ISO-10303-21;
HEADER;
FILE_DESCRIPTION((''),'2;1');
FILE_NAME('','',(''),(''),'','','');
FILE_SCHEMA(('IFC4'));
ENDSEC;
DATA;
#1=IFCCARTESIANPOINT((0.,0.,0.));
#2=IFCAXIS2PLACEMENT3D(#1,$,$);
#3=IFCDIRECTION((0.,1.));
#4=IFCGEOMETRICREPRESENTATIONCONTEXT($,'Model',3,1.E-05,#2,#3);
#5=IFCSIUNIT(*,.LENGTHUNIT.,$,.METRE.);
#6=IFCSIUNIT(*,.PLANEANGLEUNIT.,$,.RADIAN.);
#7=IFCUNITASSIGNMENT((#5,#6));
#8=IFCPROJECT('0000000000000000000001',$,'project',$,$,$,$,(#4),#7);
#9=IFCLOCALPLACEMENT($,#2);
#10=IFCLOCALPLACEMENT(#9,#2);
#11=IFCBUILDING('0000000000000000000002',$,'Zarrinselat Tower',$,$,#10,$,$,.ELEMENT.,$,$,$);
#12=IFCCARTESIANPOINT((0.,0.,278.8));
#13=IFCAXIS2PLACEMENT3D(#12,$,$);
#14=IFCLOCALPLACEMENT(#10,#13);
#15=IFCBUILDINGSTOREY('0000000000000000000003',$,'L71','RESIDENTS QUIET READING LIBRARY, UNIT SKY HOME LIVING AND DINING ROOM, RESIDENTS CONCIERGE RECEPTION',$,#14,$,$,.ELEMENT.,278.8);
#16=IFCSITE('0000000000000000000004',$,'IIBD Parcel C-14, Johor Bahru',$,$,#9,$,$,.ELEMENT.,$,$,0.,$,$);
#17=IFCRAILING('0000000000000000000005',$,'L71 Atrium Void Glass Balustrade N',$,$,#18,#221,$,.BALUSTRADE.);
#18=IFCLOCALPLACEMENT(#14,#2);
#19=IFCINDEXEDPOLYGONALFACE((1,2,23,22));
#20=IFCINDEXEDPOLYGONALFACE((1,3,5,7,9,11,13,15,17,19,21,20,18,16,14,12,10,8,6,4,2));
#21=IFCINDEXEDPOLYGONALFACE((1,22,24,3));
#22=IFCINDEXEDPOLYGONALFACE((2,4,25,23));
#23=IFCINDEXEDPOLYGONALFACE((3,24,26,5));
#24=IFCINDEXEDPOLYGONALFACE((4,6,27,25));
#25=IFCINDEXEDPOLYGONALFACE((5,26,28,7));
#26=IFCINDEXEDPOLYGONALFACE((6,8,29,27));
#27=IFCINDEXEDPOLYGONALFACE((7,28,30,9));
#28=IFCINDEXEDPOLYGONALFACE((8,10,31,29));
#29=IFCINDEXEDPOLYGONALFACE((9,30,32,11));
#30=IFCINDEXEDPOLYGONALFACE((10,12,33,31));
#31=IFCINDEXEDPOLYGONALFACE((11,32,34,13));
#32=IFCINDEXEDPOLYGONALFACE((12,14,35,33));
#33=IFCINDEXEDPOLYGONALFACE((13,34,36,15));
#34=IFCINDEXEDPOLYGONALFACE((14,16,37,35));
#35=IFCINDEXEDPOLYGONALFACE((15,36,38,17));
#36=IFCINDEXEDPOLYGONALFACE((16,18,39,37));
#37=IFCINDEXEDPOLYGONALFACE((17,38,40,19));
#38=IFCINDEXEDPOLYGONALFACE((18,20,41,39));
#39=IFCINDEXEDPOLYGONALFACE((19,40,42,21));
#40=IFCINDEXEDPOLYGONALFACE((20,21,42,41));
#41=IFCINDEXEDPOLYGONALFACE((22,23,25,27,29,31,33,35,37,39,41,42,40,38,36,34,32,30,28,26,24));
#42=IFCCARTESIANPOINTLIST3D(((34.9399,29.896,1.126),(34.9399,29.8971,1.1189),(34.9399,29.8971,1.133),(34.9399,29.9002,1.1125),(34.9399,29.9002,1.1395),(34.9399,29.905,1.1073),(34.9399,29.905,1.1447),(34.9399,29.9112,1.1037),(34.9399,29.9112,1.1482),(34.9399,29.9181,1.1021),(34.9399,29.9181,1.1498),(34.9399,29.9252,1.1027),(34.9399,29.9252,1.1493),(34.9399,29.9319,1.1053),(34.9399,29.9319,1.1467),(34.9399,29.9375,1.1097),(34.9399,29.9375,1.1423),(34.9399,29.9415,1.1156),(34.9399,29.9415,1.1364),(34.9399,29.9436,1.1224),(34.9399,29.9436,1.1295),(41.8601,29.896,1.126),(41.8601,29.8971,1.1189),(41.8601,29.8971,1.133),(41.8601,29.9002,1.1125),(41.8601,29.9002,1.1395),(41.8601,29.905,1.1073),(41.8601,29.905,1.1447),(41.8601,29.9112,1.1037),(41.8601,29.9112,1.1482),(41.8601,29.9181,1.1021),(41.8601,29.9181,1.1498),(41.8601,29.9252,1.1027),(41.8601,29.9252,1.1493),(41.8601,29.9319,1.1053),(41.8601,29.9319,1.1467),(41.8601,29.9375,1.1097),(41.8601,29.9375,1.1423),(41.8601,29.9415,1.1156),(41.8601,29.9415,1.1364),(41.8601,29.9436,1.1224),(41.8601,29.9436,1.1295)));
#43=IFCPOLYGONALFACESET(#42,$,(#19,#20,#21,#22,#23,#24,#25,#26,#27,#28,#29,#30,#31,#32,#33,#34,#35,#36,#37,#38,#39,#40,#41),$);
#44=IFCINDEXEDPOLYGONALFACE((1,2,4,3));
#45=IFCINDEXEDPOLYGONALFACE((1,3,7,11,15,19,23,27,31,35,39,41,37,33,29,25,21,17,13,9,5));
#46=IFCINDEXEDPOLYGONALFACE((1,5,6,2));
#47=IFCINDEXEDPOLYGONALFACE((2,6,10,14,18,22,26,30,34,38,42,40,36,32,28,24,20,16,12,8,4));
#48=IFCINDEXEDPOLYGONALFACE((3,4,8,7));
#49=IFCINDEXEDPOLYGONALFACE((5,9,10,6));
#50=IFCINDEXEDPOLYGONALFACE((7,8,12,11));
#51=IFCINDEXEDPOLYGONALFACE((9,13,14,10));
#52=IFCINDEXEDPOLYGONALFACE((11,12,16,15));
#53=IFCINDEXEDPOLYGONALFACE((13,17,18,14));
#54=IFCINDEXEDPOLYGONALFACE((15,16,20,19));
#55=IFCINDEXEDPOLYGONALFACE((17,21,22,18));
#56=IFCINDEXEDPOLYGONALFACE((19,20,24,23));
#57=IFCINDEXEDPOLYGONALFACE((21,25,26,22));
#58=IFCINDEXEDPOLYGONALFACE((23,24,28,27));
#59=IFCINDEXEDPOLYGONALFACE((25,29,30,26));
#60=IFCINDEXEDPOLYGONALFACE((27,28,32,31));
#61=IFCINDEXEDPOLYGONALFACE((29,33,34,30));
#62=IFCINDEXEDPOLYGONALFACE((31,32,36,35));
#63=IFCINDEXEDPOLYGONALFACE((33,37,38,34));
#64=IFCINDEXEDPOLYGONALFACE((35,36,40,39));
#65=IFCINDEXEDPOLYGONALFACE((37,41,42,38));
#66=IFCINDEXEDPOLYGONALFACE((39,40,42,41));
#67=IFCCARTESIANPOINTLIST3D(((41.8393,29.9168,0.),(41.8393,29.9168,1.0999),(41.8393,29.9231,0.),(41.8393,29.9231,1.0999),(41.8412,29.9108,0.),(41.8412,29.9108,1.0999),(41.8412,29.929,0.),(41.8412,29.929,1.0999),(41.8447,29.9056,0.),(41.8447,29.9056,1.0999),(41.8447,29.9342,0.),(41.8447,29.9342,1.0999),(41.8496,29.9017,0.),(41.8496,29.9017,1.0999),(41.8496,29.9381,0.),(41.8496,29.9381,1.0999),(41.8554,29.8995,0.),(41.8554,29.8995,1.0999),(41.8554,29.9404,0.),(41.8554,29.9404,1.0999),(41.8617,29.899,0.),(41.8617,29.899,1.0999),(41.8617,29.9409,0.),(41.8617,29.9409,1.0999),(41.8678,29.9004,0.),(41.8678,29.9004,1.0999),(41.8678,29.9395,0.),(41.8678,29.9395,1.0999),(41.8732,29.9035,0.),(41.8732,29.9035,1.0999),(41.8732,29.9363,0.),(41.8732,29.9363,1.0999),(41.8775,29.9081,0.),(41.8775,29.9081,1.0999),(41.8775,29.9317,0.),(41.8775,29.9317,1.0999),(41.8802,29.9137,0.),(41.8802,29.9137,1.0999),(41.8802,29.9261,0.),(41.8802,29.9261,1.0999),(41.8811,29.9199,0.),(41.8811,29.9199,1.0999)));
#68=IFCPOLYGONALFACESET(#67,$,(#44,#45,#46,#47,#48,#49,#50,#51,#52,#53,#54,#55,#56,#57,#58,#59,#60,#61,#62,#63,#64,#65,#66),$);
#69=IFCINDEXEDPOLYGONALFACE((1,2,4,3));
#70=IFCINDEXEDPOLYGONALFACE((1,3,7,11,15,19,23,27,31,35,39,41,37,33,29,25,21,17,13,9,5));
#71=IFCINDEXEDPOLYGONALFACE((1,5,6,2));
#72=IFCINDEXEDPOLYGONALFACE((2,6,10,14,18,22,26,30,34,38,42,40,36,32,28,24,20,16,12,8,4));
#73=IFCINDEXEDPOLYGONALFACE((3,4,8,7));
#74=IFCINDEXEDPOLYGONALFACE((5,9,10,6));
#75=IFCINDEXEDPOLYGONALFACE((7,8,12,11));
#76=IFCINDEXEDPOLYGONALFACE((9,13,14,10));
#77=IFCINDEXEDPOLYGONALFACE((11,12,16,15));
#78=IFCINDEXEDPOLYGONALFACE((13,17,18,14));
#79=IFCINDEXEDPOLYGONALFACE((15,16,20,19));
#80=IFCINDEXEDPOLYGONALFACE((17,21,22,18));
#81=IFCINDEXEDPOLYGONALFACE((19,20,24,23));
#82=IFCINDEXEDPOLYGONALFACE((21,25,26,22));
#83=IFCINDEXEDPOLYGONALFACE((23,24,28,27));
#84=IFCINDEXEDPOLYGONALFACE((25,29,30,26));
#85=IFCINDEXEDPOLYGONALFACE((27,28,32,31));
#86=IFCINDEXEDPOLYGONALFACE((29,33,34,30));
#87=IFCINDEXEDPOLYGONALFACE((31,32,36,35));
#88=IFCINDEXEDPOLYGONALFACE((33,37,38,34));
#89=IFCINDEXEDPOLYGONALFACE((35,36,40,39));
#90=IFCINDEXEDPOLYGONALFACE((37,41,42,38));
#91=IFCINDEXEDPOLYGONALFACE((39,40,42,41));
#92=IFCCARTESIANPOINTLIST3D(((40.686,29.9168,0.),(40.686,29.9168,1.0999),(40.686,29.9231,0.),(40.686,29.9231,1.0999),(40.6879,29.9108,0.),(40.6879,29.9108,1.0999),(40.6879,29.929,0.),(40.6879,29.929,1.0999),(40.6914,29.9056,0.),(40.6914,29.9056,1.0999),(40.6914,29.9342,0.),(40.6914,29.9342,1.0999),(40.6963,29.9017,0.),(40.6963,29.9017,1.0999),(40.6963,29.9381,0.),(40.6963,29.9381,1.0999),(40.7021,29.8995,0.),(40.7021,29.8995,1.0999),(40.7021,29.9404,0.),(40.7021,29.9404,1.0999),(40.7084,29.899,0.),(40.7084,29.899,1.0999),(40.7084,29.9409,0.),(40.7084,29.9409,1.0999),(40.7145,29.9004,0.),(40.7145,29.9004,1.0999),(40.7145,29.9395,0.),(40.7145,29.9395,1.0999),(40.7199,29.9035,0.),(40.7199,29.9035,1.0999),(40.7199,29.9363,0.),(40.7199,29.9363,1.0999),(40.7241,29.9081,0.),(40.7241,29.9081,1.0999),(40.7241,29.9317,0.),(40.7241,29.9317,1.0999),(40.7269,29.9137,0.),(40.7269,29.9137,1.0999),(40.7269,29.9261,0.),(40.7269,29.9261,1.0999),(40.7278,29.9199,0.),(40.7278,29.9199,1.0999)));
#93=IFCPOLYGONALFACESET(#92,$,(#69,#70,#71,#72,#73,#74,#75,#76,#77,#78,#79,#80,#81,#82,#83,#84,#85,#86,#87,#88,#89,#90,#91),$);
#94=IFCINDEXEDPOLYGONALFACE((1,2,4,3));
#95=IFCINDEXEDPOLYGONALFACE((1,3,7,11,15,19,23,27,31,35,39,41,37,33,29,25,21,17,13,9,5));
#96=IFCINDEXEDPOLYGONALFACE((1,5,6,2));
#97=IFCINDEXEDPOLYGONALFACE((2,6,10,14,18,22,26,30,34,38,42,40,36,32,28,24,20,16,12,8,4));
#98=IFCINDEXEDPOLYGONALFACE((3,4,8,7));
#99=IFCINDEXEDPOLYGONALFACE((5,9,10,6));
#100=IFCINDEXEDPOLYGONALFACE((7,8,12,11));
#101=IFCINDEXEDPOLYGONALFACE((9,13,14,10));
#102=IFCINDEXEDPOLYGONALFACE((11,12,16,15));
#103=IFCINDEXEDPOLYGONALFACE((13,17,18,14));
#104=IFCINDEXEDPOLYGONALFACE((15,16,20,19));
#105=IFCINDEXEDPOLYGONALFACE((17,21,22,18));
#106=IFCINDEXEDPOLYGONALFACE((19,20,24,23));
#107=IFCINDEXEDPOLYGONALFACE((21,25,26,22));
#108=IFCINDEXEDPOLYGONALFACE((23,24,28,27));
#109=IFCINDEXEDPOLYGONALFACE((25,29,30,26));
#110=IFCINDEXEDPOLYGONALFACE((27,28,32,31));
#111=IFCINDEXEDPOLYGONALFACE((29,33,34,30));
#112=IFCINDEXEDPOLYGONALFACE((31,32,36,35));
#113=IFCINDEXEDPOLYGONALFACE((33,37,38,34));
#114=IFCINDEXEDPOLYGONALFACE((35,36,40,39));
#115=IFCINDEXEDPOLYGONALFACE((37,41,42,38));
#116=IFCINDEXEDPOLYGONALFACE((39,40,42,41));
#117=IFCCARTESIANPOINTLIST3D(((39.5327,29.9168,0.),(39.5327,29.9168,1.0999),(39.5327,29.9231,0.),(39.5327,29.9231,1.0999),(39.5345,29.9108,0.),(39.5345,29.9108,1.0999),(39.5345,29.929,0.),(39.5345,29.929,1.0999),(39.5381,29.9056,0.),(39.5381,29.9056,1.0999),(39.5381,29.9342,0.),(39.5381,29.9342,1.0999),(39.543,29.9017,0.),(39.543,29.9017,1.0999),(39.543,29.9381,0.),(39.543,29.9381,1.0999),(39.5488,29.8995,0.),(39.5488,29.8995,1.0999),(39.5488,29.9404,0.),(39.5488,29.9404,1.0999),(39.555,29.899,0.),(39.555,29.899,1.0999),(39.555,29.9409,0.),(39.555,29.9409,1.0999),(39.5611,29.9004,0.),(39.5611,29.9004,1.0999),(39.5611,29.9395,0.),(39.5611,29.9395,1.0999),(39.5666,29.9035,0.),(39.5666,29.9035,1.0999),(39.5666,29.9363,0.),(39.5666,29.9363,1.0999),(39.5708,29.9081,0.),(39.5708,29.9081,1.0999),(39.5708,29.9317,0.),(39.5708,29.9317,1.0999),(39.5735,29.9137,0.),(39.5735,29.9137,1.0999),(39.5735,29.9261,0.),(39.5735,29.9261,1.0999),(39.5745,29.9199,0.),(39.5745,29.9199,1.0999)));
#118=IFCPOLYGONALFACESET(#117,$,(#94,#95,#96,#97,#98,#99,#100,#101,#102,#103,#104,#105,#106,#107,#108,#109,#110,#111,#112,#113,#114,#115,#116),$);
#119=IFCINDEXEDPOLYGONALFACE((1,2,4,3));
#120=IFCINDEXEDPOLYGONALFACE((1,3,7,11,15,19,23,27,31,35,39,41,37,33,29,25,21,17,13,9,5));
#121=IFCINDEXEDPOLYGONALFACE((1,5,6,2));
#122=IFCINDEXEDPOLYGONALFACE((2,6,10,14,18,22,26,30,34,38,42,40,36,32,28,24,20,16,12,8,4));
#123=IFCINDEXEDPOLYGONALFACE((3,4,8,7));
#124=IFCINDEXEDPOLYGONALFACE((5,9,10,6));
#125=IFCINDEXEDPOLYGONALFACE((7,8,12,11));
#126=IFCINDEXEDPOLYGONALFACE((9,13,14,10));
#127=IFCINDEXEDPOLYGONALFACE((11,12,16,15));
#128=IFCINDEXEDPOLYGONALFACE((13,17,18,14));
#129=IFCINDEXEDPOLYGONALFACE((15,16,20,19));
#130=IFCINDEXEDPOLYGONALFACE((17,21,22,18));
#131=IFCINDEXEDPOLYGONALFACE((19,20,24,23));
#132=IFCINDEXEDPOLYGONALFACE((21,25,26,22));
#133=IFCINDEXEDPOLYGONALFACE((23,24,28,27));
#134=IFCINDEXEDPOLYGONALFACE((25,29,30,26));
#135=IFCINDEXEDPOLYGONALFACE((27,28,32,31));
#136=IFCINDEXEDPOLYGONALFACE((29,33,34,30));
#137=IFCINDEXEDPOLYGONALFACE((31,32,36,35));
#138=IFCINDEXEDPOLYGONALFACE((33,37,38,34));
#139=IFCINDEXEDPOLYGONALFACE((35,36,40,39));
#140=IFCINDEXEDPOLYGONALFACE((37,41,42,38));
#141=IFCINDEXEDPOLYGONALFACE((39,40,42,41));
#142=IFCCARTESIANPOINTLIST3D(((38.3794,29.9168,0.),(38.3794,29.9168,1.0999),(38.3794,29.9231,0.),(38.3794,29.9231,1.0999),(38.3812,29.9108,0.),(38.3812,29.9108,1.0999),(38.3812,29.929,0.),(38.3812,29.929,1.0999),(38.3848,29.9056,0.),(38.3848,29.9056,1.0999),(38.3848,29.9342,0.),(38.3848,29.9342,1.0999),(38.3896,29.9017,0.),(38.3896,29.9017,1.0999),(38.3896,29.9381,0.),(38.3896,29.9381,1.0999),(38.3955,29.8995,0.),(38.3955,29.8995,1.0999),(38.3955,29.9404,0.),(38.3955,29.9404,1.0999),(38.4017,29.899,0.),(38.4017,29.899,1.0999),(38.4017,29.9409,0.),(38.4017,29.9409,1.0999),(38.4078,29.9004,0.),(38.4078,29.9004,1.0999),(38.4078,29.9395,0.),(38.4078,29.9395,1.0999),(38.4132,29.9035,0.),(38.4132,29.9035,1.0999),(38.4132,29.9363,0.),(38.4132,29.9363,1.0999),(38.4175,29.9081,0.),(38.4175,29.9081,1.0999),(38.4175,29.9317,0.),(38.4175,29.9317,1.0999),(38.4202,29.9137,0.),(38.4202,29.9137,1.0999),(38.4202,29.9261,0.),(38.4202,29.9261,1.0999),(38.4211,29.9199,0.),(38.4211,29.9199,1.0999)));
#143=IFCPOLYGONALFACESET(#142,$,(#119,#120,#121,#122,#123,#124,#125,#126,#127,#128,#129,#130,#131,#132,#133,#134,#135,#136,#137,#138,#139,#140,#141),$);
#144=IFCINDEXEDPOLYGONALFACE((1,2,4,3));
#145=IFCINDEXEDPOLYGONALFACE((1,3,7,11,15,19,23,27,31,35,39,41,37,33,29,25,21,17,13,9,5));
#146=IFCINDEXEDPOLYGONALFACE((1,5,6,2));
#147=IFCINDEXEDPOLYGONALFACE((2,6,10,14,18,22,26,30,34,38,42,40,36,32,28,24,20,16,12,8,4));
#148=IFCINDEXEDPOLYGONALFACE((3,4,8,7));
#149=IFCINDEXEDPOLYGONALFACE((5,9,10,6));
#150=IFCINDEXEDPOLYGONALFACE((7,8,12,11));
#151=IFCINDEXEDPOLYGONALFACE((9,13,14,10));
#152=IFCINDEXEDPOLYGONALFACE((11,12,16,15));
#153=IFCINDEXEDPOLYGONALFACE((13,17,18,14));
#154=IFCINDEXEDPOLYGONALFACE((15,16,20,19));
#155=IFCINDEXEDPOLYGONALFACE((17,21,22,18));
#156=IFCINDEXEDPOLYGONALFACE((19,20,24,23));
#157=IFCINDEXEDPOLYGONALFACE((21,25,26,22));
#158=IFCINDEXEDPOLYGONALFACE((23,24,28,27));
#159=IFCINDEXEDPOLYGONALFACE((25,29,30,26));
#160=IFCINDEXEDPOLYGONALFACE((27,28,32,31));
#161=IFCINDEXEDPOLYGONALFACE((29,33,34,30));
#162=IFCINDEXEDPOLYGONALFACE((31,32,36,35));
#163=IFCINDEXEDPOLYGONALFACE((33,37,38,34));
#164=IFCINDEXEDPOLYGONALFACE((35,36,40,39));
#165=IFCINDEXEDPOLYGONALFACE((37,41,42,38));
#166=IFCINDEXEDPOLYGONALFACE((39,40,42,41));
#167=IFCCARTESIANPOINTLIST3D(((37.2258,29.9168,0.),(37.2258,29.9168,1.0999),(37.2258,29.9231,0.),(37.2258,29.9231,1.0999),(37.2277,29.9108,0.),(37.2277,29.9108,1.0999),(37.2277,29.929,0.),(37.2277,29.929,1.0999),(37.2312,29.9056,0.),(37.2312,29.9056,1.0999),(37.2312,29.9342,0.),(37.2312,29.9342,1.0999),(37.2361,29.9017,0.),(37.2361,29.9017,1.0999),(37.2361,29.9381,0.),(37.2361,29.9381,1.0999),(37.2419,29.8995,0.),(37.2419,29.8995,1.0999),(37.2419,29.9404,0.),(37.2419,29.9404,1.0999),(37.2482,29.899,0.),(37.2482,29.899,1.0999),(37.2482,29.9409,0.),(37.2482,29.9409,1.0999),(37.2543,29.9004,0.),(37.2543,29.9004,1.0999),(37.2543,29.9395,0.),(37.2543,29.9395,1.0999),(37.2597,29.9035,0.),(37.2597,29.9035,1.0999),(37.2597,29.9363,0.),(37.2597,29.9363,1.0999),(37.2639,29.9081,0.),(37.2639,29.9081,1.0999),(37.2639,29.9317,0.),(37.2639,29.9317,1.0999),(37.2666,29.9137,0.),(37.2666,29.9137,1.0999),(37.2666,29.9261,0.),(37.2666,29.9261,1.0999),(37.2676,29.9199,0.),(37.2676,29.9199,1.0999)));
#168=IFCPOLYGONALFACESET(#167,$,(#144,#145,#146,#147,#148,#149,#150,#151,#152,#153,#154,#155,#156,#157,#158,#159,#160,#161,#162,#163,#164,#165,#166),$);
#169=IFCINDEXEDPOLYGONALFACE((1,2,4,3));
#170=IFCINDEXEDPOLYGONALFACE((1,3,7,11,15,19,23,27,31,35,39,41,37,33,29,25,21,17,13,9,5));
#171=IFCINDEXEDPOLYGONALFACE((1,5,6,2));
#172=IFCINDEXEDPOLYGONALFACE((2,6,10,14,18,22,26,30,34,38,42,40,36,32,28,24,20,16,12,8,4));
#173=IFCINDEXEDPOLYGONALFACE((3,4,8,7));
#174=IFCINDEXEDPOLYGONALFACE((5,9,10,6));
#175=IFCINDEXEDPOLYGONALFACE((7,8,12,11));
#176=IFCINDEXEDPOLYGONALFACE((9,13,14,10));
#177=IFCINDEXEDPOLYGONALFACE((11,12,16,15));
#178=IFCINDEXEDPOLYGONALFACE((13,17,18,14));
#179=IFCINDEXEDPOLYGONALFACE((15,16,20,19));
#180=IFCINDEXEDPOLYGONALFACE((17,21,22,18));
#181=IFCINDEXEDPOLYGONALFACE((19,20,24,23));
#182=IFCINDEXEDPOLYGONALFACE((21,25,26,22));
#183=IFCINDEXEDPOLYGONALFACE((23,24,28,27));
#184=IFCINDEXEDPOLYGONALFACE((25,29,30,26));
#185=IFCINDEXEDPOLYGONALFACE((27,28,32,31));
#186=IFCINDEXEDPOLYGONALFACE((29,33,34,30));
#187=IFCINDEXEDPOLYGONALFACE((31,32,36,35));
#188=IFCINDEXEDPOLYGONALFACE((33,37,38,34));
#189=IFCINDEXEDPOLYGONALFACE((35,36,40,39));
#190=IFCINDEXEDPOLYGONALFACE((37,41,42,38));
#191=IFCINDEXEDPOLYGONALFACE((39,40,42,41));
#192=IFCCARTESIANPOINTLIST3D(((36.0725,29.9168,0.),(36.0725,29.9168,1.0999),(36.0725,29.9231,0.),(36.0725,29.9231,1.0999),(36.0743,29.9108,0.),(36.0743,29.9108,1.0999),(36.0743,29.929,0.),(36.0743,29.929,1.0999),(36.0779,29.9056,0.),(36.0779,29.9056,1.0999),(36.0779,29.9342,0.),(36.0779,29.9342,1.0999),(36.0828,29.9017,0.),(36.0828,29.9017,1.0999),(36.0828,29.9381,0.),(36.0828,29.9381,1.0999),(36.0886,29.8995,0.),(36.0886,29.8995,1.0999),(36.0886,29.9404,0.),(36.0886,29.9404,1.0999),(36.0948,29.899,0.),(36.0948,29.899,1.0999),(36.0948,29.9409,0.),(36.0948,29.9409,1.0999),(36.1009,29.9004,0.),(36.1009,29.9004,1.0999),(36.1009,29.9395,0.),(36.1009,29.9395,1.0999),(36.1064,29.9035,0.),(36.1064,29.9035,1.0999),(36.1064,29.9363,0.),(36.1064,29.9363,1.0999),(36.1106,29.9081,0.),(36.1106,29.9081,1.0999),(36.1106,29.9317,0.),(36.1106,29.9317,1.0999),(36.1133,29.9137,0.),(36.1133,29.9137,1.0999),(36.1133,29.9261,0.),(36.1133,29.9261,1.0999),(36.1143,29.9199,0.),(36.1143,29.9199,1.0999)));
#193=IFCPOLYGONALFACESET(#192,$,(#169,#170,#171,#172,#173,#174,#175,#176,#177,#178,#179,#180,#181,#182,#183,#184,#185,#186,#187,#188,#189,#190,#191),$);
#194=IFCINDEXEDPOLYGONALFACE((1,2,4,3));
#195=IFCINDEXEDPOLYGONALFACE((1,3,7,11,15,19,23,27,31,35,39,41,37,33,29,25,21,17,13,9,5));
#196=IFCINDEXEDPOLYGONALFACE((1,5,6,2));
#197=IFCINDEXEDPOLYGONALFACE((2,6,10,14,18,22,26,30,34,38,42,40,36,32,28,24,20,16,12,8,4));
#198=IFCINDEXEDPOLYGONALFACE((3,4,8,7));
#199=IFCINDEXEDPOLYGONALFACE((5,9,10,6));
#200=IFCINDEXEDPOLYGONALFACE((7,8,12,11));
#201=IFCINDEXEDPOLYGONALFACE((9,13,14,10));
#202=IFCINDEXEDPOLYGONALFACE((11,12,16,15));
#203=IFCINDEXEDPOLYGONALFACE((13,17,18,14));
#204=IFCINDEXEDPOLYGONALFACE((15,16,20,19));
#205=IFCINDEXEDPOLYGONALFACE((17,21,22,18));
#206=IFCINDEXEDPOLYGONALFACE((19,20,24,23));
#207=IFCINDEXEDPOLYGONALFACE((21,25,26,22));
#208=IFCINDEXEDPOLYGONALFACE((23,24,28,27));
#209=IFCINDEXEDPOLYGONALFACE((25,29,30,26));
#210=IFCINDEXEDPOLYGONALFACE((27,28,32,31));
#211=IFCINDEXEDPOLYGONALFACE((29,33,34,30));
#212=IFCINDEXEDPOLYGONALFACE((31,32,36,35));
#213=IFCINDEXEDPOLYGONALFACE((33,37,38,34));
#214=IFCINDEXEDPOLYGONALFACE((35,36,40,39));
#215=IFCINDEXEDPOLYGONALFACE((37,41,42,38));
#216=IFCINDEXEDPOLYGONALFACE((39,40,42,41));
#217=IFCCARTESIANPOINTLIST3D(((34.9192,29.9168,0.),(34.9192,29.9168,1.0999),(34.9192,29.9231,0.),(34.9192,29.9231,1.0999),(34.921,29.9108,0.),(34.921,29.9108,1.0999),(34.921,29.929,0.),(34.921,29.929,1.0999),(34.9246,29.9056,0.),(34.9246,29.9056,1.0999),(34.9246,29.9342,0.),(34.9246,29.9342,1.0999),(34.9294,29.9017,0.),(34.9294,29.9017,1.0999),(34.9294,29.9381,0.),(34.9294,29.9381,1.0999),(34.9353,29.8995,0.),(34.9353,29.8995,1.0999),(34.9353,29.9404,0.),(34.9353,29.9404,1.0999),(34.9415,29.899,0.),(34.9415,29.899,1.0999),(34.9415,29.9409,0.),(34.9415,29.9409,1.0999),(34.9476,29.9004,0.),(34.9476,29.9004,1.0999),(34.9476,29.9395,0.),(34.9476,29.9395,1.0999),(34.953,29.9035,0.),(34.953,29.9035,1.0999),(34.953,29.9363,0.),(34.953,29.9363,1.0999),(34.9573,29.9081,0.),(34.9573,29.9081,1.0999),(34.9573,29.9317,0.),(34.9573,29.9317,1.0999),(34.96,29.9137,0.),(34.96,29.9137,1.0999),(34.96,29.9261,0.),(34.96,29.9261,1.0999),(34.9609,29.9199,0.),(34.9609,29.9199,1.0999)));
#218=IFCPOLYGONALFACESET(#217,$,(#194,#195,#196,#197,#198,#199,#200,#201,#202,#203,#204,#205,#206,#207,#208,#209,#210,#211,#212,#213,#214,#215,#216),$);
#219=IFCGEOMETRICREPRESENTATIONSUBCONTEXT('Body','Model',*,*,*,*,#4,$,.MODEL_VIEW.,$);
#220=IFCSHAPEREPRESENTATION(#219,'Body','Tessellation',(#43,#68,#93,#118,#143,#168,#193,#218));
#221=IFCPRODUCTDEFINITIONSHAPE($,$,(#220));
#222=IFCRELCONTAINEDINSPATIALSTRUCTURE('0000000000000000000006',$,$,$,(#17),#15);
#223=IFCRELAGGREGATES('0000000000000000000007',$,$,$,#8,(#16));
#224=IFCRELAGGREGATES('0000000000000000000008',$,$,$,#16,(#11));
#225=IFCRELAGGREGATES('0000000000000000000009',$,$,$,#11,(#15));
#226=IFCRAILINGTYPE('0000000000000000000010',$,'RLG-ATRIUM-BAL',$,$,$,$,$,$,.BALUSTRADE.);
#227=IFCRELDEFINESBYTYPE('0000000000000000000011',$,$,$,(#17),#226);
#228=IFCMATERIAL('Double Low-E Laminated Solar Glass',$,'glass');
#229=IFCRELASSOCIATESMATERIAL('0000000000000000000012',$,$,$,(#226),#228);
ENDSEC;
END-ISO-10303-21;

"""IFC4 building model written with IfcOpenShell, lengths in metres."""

from ifc_helpers import new_model, si_unit, direction, frame, origin, origin_2d, place, context, subcontext, project, spatial, circle, extrude, material, type_object, element, save


model = new_model("IFC4")

# Units and contexts
model_context = context("Model", 3, precision=1e-05, world=origin(), true_north=direction((0.0, 1.0)))
body_context = subcontext(model_context, "Body", "Model", "MODEL_VIEW")
ifc_project = project(units=[si_unit("LENGTHUNIT", "METRE"), si_unit("PLANEANGLEUNIT", "RADIAN")], contexts=[model_context])

# Site, building, storey
site_placement = place(None, origin())
site = spatial("IfcSite", under=ifc_project, at=site_placement, Name="IIBD Parcel C-14, Johor Bahru", CompositionType="ELEMENT", RefElevation=0.0)
building_placement = place(site_placement, origin())
building = spatial("IfcBuilding", under=site, at=building_placement, Name="Zarrinselat Tower", CompositionType="ELEMENT")
storey_placement = place(building_placement, frame((0.0, 0.0, 278.8)))
storey = spatial("IfcBuildingStorey", under=building, at=storey_placement, Name="L71", Description="RESIDENTS QUIET READING LIBRARY, UNIT SKY HOME LIVING AND DINING ROOM, RESIDENTS CONCIERGE RECEPTION", CompositionType="ELEMENT", Elevation=278.8)

# Railing
ifc_material_1 = material(Name="Double Low-E Laminated Solar Glass", Category="glass")
railing_type = type_object("IfcRailingType", Name="RLG-ATRIUM-BAL", PredefinedType="BALUSTRADE", material=ifc_material_1)
railing_1_placement = place(storey_placement, frame((41.8601, 29.9199, 0.0)))
element("IfcRailing", 1, at=railing_1_placement, inside=storey, type_object=railing_type, Name="L71 Atrium Void Glass Balustrade N", PredefinedType="BALUSTRADE", context=body_context, shape_type="SweptSolid", body=[
    extrude(circle(Radius=0.0239, at=origin_2d()), frame((0.0, 0.0, 1.126), z_axis=(-1.0, 0.0, 0.0), x_axis=(0.0, -1.0, 0.0)), (0.0, 0.0, 1.0), 6.9202),
    extrude(circle(Radius=0.021, at=origin_2d()), origin(), (0.0, 0.0, 1.0), 1.0999),
    extrude(circle(Radius=0.021, at=origin_2d()), frame((-1.1533, 0.0, 0.0)), (0.0, 0.0, 1.0), 1.0999),
    extrude(circle(Radius=0.021, at=origin_2d()), frame((-2.3066, 0.0, 0.0)), (0.0, 0.0, 1.0), 1.0999),
    extrude(circle(Radius=0.021, at=origin_2d()), frame((-3.46, 0.0, 0.0)), (0.0, 0.0, 1.0), 1.0999),
    extrude(circle(Radius=0.021, at=origin_2d()), frame((-4.6135, 0.0, 0.0)), (0.0, 0.0, 1.0), 1.0999),
    extrude(circle(Radius=0.021, at=origin_2d()), frame((-5.7668, 0.0, 0.0)), (0.0, 0.0, 1.0), 1.0999),
    extrude(circle(Radius=0.021, at=origin_2d()), frame((-6.9202, 0.0, 0.0)), (0.0, 0.0, 1.0), 1.0999),
])

save(model, "model.ifc")
